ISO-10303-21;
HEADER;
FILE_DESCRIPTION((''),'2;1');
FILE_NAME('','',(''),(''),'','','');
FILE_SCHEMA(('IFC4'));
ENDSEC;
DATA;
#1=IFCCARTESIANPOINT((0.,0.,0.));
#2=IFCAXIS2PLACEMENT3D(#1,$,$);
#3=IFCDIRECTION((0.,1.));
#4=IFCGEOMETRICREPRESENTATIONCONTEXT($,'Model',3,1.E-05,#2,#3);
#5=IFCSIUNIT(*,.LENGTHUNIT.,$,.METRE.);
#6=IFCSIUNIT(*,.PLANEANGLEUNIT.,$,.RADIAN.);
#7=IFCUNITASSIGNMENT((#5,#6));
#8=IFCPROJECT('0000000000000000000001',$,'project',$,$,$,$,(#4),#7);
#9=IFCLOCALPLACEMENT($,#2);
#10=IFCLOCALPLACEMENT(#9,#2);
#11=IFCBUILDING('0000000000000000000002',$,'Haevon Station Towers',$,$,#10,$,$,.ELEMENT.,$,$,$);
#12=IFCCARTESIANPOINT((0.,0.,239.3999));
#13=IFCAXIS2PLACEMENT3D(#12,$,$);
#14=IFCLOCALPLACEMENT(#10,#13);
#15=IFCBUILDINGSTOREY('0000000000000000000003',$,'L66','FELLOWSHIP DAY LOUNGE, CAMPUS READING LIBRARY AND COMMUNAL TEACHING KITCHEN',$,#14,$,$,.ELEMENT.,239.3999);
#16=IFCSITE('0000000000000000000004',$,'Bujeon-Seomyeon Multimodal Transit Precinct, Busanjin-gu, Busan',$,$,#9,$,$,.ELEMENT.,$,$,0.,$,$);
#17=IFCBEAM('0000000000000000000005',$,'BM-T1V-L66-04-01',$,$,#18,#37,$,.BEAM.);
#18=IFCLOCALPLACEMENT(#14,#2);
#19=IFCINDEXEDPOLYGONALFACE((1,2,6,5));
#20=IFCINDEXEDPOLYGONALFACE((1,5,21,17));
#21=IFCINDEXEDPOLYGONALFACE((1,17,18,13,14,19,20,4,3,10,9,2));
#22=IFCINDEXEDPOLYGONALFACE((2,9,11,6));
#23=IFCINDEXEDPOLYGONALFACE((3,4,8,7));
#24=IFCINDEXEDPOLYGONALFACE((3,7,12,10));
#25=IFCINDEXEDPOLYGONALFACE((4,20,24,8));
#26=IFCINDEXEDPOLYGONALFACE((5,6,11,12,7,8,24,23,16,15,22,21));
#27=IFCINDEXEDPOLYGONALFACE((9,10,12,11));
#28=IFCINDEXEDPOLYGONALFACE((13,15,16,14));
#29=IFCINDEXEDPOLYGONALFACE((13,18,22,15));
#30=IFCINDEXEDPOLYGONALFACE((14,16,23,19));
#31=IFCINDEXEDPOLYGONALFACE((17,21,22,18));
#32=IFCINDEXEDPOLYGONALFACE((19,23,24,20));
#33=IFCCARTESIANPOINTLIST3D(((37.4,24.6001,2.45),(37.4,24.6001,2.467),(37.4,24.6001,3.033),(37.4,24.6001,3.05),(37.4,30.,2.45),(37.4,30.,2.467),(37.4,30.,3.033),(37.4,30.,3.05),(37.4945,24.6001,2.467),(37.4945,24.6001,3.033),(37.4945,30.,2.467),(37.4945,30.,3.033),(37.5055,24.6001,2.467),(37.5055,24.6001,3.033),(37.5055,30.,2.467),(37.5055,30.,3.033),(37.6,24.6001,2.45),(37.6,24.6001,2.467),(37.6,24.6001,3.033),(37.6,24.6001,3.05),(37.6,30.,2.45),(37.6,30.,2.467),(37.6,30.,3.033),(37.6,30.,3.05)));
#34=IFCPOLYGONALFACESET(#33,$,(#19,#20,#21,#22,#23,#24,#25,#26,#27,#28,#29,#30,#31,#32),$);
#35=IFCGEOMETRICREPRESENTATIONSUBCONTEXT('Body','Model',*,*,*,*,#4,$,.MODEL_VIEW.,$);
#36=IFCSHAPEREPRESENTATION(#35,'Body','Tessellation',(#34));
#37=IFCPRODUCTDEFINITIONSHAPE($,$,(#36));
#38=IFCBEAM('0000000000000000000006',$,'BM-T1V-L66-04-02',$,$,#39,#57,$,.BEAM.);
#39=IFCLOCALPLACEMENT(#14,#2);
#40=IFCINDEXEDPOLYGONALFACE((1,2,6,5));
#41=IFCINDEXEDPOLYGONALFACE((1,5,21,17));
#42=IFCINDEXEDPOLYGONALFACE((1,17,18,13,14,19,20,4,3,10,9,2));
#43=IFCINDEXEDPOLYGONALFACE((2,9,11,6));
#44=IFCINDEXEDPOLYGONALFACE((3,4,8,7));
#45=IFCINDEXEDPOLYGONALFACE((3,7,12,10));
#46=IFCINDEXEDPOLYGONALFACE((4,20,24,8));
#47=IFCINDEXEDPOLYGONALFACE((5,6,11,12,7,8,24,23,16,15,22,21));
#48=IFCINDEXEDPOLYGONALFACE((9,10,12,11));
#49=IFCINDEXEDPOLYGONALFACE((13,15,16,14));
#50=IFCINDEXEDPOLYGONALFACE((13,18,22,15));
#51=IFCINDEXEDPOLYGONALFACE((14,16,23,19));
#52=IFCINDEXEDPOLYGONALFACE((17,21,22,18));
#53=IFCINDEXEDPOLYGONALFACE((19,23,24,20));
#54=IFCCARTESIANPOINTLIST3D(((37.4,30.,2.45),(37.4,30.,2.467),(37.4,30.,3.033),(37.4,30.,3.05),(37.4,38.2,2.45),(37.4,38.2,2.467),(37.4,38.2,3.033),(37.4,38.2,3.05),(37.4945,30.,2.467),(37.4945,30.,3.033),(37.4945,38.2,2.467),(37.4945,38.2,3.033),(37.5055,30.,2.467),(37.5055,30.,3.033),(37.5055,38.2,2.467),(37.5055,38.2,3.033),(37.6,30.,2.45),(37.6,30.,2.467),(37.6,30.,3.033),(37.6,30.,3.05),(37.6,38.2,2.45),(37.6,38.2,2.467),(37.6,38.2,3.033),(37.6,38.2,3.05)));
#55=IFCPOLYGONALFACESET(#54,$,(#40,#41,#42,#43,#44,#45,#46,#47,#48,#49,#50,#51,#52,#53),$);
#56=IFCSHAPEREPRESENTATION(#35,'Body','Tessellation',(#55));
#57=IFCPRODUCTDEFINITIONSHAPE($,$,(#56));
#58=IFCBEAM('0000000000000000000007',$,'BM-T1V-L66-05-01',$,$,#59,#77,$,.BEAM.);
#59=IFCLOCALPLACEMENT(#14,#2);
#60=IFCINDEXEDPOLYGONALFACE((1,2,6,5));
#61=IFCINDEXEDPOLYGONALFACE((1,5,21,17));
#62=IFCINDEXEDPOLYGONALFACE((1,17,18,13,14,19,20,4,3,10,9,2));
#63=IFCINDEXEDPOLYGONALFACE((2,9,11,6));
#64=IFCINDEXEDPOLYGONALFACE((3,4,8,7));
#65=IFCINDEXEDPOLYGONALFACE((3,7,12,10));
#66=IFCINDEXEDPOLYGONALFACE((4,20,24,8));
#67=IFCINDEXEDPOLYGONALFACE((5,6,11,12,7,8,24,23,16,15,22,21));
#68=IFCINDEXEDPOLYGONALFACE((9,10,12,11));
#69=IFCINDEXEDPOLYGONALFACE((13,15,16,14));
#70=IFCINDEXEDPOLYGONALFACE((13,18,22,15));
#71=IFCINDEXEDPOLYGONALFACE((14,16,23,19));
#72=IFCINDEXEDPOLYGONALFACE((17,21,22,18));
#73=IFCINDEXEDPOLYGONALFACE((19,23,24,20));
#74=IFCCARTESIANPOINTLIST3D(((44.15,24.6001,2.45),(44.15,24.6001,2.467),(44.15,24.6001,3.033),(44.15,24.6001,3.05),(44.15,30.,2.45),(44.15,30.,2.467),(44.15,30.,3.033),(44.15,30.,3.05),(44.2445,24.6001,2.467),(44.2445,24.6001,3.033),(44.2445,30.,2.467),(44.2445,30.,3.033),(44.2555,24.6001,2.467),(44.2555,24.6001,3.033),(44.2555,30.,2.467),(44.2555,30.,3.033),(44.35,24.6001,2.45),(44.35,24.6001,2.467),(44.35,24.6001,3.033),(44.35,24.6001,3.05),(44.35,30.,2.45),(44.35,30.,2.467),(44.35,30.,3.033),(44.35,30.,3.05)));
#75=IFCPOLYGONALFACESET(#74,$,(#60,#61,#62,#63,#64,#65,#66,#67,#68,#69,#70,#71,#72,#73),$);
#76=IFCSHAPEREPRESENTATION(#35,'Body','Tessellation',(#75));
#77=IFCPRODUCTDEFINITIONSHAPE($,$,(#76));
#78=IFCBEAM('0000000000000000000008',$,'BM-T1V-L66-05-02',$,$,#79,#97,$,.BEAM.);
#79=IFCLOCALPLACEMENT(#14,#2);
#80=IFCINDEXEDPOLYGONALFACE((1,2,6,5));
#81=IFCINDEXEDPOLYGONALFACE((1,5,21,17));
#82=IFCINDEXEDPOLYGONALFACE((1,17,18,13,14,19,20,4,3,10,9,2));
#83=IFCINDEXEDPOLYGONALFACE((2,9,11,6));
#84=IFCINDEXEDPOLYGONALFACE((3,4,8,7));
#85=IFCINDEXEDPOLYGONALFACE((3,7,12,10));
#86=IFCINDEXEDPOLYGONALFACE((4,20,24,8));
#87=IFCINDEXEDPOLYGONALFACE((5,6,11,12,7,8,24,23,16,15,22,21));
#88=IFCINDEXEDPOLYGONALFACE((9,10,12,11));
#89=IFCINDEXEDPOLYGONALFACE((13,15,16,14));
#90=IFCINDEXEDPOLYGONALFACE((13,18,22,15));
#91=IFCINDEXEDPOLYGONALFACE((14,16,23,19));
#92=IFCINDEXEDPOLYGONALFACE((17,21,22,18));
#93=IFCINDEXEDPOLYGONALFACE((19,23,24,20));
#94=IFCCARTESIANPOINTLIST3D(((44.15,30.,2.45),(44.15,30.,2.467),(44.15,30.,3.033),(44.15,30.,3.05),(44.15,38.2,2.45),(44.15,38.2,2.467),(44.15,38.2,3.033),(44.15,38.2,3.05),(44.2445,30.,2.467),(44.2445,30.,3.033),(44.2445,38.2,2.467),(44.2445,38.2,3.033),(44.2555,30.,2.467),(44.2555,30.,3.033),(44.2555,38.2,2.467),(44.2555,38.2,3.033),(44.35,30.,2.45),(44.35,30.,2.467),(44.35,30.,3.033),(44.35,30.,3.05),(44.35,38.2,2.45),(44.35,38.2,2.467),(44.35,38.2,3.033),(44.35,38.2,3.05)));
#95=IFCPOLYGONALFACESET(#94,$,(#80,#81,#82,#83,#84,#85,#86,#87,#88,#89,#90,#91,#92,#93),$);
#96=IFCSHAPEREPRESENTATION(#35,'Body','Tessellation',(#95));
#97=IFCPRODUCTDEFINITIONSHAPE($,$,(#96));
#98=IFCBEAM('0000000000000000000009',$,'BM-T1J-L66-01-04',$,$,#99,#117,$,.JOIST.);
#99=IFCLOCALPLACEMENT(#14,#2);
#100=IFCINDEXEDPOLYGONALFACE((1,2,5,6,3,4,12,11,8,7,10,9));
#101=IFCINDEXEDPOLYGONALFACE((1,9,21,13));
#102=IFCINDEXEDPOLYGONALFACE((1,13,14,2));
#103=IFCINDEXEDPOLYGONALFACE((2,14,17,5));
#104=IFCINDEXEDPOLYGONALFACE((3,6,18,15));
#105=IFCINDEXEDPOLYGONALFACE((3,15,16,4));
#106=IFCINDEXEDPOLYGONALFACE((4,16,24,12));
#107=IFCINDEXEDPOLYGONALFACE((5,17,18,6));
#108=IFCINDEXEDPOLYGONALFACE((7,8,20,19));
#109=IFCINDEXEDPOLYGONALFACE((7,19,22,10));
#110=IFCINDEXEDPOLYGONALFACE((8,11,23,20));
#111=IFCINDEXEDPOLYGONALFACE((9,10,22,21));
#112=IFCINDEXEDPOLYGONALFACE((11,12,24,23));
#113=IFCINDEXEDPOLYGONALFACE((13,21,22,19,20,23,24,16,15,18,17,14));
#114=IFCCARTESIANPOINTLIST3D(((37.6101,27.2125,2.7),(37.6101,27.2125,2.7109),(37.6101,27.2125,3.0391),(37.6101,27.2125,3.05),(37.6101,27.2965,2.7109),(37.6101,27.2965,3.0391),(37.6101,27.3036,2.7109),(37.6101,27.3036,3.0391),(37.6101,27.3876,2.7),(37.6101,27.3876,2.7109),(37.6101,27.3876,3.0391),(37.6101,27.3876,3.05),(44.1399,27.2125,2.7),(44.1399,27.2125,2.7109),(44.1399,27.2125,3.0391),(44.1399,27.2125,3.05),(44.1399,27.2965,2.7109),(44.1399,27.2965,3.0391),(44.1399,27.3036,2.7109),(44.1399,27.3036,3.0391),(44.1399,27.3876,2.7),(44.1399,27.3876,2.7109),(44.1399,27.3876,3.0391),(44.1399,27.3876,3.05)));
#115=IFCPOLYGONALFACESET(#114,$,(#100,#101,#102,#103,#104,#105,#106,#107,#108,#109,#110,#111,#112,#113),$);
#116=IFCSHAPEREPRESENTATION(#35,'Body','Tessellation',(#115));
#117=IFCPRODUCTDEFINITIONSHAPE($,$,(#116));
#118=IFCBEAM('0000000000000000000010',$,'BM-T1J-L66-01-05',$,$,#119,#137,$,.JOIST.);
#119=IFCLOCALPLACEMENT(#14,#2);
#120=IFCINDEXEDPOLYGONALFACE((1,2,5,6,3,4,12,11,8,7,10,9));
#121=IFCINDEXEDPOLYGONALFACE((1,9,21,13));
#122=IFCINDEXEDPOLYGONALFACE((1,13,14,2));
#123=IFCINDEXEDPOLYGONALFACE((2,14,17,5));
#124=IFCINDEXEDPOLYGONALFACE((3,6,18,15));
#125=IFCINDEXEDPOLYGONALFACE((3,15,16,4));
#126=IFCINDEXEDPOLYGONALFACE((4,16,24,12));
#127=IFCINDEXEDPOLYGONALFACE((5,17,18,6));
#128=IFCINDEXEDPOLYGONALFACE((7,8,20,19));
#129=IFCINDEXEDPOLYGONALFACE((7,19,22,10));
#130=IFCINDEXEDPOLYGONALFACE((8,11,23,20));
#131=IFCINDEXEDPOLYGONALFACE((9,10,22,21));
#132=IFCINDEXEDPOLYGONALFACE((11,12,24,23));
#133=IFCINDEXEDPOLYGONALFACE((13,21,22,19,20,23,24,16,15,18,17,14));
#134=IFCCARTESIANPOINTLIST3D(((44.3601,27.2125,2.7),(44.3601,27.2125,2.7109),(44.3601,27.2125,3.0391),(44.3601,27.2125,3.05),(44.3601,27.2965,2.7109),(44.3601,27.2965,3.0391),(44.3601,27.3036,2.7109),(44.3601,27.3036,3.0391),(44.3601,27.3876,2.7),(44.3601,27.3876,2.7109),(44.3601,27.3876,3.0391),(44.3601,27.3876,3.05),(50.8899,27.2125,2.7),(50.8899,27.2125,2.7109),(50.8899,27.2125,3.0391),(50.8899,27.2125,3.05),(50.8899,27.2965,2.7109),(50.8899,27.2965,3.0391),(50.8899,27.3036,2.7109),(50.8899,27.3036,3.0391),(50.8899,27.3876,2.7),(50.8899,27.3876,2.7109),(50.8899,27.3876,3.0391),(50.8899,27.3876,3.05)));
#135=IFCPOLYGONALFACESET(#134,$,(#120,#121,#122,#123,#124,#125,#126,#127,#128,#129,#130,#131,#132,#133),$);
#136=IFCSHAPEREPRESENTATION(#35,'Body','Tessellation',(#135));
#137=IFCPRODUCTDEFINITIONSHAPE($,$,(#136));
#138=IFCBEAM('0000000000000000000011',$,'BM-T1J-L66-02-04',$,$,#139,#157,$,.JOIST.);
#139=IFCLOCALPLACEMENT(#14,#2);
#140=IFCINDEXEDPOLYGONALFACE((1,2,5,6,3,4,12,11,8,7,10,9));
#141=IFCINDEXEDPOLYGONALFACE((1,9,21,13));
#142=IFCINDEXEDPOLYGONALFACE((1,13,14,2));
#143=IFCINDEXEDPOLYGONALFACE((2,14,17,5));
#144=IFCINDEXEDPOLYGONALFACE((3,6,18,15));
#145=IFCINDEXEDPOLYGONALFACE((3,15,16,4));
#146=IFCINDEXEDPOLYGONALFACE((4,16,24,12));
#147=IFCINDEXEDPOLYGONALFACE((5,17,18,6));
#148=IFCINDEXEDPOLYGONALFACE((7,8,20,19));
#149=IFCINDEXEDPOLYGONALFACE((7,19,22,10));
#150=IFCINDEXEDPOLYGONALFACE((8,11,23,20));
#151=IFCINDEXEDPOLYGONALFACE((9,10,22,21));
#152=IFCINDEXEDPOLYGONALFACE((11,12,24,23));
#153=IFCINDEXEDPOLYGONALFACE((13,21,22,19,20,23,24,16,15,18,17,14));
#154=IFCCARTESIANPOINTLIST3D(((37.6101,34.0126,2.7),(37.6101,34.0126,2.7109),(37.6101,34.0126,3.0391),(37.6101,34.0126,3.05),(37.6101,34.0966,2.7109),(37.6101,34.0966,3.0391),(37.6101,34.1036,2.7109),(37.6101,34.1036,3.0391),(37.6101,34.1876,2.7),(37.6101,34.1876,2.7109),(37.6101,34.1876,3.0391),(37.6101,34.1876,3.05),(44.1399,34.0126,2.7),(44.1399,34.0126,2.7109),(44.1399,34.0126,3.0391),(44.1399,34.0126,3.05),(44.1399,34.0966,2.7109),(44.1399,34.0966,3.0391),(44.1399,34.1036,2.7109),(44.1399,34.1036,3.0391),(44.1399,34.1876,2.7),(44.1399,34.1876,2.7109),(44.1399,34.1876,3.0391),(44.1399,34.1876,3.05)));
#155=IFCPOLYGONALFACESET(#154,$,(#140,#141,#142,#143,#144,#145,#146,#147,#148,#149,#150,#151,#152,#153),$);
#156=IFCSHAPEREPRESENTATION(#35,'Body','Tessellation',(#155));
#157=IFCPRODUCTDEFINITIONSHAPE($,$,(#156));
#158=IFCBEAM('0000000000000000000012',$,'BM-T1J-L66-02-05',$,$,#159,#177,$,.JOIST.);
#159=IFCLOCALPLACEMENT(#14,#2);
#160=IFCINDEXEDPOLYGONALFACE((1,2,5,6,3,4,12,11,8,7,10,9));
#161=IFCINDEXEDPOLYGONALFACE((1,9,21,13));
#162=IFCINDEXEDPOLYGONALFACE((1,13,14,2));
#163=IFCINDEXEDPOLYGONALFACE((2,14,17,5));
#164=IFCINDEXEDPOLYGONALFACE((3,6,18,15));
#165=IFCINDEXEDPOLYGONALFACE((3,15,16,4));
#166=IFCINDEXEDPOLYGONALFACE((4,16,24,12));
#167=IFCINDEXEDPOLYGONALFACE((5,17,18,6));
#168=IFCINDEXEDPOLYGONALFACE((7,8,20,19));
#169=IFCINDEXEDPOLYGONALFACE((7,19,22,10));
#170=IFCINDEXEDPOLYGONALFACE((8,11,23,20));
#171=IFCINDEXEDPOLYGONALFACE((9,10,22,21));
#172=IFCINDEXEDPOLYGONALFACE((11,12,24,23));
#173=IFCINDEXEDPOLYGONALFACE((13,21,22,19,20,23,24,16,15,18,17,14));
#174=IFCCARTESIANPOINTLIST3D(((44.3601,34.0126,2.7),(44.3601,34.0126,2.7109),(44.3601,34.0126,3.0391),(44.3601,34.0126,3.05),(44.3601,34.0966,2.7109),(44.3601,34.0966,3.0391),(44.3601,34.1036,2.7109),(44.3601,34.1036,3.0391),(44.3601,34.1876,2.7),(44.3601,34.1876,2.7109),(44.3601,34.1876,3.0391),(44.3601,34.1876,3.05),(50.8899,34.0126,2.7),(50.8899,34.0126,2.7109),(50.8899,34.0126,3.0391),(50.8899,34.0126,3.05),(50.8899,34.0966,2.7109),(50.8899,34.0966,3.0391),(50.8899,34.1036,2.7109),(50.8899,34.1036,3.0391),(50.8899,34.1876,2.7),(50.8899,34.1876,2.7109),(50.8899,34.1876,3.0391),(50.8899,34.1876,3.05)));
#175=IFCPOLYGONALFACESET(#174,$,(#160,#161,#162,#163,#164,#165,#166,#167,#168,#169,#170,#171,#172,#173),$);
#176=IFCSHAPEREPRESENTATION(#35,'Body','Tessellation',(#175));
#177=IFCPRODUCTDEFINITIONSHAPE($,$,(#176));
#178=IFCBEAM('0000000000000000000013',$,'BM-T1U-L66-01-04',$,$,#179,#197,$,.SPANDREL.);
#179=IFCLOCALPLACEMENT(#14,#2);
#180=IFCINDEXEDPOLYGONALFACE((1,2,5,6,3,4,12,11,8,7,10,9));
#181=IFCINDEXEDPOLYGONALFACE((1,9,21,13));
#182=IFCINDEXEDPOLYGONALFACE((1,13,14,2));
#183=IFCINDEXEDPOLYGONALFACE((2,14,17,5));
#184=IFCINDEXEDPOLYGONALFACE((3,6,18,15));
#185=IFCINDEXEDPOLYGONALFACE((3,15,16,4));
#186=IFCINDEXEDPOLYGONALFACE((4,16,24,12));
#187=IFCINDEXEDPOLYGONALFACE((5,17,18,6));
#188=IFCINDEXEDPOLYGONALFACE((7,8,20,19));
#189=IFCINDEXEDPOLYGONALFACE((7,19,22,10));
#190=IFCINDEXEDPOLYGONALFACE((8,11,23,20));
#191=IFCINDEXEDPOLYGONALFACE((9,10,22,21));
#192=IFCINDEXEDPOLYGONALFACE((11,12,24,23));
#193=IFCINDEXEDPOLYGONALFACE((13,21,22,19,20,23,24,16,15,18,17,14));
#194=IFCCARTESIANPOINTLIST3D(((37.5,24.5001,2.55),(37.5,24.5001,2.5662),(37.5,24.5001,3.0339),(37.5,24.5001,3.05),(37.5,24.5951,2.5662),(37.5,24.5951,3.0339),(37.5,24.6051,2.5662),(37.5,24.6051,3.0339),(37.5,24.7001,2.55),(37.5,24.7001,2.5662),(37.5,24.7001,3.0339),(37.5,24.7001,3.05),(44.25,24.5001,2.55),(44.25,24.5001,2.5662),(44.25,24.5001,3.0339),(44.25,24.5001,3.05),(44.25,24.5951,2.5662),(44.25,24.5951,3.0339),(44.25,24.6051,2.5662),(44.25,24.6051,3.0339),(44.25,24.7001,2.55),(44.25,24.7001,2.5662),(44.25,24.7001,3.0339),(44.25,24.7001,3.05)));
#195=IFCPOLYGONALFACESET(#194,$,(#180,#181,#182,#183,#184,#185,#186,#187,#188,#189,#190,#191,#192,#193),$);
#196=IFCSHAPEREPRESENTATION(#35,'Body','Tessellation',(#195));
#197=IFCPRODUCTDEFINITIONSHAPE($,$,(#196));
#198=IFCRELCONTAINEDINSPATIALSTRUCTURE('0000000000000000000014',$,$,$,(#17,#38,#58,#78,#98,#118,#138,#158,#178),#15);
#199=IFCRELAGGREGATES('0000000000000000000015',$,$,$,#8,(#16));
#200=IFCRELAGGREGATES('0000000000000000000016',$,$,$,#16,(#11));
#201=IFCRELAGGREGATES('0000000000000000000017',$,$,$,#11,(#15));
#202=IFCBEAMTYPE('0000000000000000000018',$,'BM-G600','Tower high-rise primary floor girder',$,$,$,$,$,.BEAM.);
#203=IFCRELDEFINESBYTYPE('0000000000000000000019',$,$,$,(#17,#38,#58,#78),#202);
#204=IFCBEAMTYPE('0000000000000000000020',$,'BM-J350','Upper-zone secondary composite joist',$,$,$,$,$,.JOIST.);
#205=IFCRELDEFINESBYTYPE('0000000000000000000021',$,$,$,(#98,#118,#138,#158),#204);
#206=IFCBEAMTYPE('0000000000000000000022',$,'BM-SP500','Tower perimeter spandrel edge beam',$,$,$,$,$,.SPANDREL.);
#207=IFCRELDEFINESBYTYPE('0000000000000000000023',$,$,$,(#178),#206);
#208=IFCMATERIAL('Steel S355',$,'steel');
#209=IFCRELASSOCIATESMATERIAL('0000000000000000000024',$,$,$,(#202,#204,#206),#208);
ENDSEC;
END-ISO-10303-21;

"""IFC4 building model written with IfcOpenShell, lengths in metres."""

from ifc_helpers import new_model, si_unit, direction, frame, origin, origin_2d, place, context, subcontext, project, spatial, i_section, extrude, material, material_profile, profile_set, type_object, element, save


model = new_model("IFC4")

# Units and contexts
model_context = context("Model", 3, precision=1e-05, world=origin(), true_north=direction((0.0, 1.0)))
body_context = subcontext(model_context, "Body", "Model", "MODEL_VIEW")
ifc_project = project(units=[si_unit("LENGTHUNIT", "METRE"), si_unit("PLANEANGLEUNIT", "RADIAN")], contexts=[model_context])

# Site, building, storey
site_placement = place(None, origin())
site = spatial("IfcSite", under=ifc_project, at=site_placement, Name="Bujeon-Seomyeon Multimodal Transit Precinct, Busanjin-gu, Busan", CompositionType="ELEMENT", RefElevation=0.0)
building_placement = place(site_placement, origin())
building = spatial("IfcBuilding", under=site, at=building_placement, Name="Haevon Station Towers", CompositionType="ELEMENT")
storey_placement = place(building_placement, frame((0.0, 0.0, 239.3999)))
storey = spatial("IfcBuildingStorey", under=building, at=storey_placement, Name="L66", Description="FELLOWSHIP DAY LOUNGE, CAMPUS READING LIBRARY AND COMMUNAL TEACHING KITCHEN", CompositionType="ELEMENT", Elevation=239.3999)

# Shared definitions
ifc_material_1 = material(Name="Steel S355", Category="steel")

# Beams
ifc_material_profile_1 = material_profile(ifc_material_1, i_section(OverallWidth=0.2, OverallDepth=0.6001, WebThickness=0.011, FlangeThickness=0.0171, at=origin_2d()), Name="H-600x200x11x17")
ifc_profile_set_1 = profile_set([ifc_material_profile_1], Name="Steel S355")
beam_type_1 = type_object("IfcBeamType", Name="BM-G600", Description="Tower high-rise primary floor girder", PredefinedType="BEAM", material=ifc_profile_set_1)
beam_1_placement = place(storey_placement, frame((37.5, 24.6001, 2.75), z_axis=(0.0, 1.0, 0.0), x_axis=(-1.0, 0.0, 0.0)))
element("IfcBeam", 1, at=beam_1_placement, inside=storey, type_object=beam_type_1, Name="BM-T1V-L66-04-01", PredefinedType="BEAM", context=body_context, shape_type="SweptSolid", body=[
    extrude(i_section(OverallWidth=0.2, OverallDepth=0.6001, WebThickness=0.011, FlangeThickness=0.0171, at=origin_2d()), origin(), (0.0, 0.0, 1.0), 5.3999),
])
beam_2_placement = place(storey_placement, frame((37.5, 30.0, 2.75), z_axis=(0.0, 1.0, 0.0), x_axis=(-1.0, 0.0, 0.0)))
element("IfcBeam", 2, at=beam_2_placement, inside=storey, type_object=beam_type_1, Name="BM-T1V-L66-04-02", PredefinedType="BEAM", context=body_context, shape_type="SweptSolid", body=[
    extrude(i_section(OverallWidth=0.2, OverallDepth=0.6001, WebThickness=0.011, FlangeThickness=0.0171, at=origin_2d()), origin(), (0.0, 0.0, 1.0), 8.2),
])
beam_3_placement = place(storey_placement, frame((44.25, 24.6001, 2.75), z_axis=(0.0, 1.0, 0.0), x_axis=(-1.0, 0.0, 0.0)))
element("IfcBeam", 3, at=beam_3_placement, inside=storey, type_object=beam_type_1, Name="BM-T1V-L66-05-01", PredefinedType="BEAM", context=body_context, shape_type="SweptSolid", body=[
    extrude(i_section(OverallWidth=0.2, OverallDepth=0.6001, WebThickness=0.011, FlangeThickness=0.0171, at=origin_2d()), origin(), (0.0, 0.0, 1.0), 5.3999),
])
beam_4_placement = place(storey_placement, frame((44.25, 30.0, 2.75), z_axis=(0.0, 1.0, 0.0), x_axis=(-1.0, 0.0, 0.0)))
element("IfcBeam", 4, at=beam_4_placement, inside=storey, type_object=beam_type_1, Name="BM-T1V-L66-05-02", PredefinedType="BEAM", context=body_context, shape_type="SweptSolid", body=[
    extrude(i_section(OverallWidth=0.2, OverallDepth=0.6001, WebThickness=0.011, FlangeThickness=0.0171, at=origin_2d()), origin(), (0.0, 0.0, 1.0), 8.2),
])
ifc_material_profile_2 = material_profile(ifc_material_1, i_section(OverallWidth=0.175, OverallDepth=0.3501, WebThickness=0.0071, FlangeThickness=0.011, at=origin_2d()), Name="H-350x175x7x11")
ifc_profile_set_2 = profile_set([ifc_material_profile_2], Name="Steel S355")
beam_type_2 = type_object("IfcBeamType", Name="BM-J350", Description="Upper-zone secondary composite joist", PredefinedType="JOIST", material=ifc_profile_set_2)
for number, where, z_axis, x_axis, name in (
    (5, (37.6101, 27.3, 2.875), (1.0, 0.0, 0.0), (0.0, 1.0, 0.0), "BM-T1J-L66-01-04"),
    (6, (44.3601, 27.3, 2.875), (1.0, 0.0, 0.0), (0.0, 1.0, 0.0), "BM-T1J-L66-01-05"),
    (7, (37.6101, 34.1001, 2.875), (1.0, 0.0, 0.0), (0.0, 1.0, 0.0), "BM-T1J-L66-02-04"),
    (8, (44.3601, 34.1001, 2.875), (1.0, 0.0, 0.0), (0.0, 1.0, 0.0), "BM-T1J-L66-02-05"),
):
    element("IfcBeam", number, at=place(storey_placement, frame(where, z_axis=z_axis, x_axis=x_axis)), inside=storey, type_object=beam_type_2, Name=name, PredefinedType="JOIST", context=body_context, shape_type="SweptSolid", body=[
        extrude(i_section(OverallWidth=0.175, OverallDepth=0.3501, WebThickness=0.0071, FlangeThickness=0.011, at=origin_2d()), origin(), (0.0, 0.0, 1.0), 6.5298),
    ])
ifc_material_profile_3 = material_profile(ifc_material_1, i_section(OverallWidth=0.2, OverallDepth=0.5, WebThickness=0.01, FlangeThickness=0.0161, at=origin_2d()), Name="H-500x200x10x16")
ifc_profile_set_3 = profile_set([ifc_material_profile_3], Name="Steel S355")
beam_type_3 = type_object("IfcBeamType", Name="BM-SP500", Description="Tower perimeter spandrel edge beam", PredefinedType="SPANDREL", material=ifc_profile_set_3)
for number, where, z_axis, x_axis, name in (
    (9, (37.5, 24.6001, 2.8), (1.0, 0.0, 0.0), (0.0, 1.0, 0.0), "BM-T1U-L66-01-04"),
):
    element("IfcBeam", number, at=place(storey_placement, frame(where, z_axis=z_axis, x_axis=x_axis)), inside=storey, type_object=beam_type_3, Name=name, PredefinedType="SPANDREL", context=body_context, shape_type="SweptSolid", body=[
        extrude(i_section(OverallWidth=0.2, OverallDepth=0.5, WebThickness=0.01, FlangeThickness=0.0161, at=origin_2d()), origin(), (0.0, 0.0, 1.0), 6.75),
    ])

save(model, "model.ifc")
